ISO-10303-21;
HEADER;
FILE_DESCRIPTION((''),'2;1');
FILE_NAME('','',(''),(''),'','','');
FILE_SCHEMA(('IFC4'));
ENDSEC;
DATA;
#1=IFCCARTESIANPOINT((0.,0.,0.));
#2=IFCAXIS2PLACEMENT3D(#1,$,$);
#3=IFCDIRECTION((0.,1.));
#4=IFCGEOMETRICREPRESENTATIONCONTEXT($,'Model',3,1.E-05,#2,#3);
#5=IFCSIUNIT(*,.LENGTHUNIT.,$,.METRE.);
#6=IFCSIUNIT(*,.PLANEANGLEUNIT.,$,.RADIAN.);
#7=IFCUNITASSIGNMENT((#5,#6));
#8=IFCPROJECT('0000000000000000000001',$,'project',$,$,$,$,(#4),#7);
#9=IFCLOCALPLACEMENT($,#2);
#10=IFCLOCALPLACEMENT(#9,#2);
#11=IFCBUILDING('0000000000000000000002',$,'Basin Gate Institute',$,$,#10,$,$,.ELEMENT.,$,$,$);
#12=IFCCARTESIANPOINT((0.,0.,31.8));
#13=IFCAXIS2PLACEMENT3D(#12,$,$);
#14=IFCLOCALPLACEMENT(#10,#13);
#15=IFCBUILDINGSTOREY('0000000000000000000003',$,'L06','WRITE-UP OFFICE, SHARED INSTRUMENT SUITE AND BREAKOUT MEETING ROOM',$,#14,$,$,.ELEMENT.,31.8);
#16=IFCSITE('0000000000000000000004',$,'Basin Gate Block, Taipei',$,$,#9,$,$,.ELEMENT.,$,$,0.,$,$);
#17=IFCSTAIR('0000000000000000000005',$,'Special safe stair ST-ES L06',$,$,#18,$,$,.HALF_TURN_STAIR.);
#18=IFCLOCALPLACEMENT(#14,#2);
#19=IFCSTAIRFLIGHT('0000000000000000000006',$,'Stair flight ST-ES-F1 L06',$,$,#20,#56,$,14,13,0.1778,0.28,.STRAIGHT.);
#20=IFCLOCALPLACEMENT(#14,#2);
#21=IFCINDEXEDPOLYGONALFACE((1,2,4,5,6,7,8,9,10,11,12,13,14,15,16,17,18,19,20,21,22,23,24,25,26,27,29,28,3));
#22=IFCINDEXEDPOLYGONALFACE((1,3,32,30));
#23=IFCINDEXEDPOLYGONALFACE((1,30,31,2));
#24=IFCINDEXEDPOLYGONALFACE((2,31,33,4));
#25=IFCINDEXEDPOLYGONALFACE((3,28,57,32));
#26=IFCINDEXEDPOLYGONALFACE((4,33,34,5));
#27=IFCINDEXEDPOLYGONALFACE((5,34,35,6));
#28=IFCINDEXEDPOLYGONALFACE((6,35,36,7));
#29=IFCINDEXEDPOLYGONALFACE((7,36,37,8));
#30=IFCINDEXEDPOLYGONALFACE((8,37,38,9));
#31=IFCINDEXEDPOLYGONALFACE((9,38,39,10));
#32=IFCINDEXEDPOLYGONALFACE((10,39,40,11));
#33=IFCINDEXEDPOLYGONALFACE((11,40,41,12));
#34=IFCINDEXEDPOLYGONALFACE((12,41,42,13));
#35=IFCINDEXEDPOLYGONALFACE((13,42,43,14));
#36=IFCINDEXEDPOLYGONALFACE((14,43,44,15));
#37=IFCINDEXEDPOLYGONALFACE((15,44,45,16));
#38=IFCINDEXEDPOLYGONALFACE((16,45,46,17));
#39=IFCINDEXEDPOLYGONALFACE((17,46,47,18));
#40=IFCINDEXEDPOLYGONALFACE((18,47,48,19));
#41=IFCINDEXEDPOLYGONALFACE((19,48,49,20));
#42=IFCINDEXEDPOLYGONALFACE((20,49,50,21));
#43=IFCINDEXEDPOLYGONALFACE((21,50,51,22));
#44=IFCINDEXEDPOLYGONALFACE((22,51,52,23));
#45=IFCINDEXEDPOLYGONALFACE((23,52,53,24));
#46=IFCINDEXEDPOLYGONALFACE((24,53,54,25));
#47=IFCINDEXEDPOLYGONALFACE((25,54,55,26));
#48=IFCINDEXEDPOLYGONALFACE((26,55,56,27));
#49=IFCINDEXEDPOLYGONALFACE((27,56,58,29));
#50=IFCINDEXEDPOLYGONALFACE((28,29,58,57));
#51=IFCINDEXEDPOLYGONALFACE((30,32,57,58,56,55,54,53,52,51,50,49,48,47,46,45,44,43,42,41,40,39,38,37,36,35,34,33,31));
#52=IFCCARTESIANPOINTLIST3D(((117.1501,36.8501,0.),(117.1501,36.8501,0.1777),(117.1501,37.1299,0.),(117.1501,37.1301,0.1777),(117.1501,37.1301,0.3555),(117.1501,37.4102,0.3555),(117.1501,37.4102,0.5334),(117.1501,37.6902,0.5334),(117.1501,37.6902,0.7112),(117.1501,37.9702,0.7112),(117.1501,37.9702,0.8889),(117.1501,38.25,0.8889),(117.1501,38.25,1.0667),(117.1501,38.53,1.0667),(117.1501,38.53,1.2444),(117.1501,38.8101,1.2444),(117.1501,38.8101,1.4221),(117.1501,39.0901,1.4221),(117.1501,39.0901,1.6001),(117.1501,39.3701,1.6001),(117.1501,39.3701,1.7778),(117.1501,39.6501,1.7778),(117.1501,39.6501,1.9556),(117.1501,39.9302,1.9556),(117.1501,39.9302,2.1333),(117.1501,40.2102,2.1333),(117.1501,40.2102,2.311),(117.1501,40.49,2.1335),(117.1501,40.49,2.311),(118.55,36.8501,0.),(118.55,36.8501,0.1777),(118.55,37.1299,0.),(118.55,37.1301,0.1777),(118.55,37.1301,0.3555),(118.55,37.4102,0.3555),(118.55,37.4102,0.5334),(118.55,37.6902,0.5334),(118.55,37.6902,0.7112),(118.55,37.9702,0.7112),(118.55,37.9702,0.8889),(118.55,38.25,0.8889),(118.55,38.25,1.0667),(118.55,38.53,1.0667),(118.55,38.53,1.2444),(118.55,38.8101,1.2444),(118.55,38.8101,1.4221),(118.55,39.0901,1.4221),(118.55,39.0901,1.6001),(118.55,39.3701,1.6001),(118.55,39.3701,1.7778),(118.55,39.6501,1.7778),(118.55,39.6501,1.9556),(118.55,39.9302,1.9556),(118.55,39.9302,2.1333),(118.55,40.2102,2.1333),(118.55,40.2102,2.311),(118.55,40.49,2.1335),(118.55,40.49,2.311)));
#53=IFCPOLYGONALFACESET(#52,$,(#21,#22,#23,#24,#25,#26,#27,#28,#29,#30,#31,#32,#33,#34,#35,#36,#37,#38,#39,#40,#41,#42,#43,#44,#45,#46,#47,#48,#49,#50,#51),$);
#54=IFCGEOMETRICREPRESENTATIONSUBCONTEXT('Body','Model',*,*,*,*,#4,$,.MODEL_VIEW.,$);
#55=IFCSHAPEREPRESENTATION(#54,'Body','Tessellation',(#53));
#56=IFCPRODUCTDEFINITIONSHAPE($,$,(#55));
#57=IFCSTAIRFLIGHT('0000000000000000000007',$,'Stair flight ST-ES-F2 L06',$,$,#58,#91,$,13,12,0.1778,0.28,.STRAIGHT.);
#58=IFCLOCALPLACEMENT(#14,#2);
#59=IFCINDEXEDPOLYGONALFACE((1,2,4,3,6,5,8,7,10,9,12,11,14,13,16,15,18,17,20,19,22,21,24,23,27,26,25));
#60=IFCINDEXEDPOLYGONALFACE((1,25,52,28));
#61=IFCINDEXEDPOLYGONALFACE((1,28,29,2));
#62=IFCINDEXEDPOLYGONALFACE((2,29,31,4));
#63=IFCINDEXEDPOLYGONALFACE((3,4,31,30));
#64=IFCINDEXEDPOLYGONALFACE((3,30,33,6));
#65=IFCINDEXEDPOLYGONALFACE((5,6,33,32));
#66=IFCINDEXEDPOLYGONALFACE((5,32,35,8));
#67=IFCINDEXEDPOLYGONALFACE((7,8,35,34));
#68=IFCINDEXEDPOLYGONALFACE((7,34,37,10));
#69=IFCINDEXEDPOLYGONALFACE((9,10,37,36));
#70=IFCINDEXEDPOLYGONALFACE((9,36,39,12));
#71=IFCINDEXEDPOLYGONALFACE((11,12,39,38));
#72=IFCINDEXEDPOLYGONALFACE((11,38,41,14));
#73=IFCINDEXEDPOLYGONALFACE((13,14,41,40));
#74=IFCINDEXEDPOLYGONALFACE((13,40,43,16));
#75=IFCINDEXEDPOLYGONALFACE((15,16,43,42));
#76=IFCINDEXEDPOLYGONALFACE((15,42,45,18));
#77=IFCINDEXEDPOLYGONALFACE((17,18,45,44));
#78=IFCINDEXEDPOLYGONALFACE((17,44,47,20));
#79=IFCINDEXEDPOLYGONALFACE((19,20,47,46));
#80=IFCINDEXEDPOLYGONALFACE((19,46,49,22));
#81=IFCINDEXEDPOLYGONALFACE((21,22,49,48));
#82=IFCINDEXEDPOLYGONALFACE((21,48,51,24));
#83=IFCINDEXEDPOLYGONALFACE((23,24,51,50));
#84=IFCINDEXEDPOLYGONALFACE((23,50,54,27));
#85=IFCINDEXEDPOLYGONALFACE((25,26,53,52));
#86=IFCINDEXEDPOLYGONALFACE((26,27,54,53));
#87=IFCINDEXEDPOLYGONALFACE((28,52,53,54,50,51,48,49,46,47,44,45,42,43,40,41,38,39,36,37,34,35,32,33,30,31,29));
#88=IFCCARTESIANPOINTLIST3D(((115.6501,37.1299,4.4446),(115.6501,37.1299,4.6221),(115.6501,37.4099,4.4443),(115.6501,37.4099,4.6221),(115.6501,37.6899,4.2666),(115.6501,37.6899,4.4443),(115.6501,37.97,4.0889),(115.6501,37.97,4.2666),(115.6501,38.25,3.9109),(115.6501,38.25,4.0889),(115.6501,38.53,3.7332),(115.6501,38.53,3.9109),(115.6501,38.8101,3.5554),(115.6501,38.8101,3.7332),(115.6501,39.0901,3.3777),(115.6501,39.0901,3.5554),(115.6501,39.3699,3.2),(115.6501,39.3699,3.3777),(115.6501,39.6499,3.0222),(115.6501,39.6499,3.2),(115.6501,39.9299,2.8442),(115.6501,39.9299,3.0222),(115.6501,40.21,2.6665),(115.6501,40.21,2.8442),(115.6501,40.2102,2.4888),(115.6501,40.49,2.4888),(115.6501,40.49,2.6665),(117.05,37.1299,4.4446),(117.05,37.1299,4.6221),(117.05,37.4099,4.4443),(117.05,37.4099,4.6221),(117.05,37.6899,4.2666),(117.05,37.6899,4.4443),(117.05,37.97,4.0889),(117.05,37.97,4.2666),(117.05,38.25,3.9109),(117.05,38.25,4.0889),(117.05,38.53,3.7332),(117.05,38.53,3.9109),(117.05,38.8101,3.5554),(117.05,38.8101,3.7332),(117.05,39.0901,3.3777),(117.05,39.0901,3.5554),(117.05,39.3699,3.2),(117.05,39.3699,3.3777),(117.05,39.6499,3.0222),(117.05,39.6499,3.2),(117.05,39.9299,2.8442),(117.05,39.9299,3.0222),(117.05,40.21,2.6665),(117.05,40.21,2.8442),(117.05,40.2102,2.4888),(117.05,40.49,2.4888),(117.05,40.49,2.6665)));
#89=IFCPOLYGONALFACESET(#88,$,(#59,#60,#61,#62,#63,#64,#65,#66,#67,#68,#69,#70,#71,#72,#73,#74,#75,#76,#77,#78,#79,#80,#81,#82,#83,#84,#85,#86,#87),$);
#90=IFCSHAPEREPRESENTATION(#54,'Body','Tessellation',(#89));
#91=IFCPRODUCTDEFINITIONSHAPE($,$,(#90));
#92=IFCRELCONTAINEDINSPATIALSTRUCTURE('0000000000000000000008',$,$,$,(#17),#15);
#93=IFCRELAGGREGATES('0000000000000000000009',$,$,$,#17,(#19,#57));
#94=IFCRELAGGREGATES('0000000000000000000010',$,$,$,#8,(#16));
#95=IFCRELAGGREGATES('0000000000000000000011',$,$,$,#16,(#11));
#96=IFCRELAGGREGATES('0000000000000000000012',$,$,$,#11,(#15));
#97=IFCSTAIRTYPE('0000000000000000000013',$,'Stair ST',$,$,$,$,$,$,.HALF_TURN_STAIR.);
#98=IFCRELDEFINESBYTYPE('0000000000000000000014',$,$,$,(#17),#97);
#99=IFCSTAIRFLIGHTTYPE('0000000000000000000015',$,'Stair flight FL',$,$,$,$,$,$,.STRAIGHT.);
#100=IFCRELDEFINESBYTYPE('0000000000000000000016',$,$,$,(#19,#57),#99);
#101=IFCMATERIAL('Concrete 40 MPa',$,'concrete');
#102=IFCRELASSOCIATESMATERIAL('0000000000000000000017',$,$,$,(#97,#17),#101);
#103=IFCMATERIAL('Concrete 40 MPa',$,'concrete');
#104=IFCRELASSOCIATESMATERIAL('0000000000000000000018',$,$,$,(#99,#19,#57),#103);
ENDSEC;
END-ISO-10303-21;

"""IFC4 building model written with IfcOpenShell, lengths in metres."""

from ifc_helpers import new_model, si_unit, direction, frame, origin, place, context, subcontext, project, spatial, polyline, outline, extrude, material, type_object, element, aggregate, save


model = new_model("IFC4")

# Units and contexts
model_context = context("Model", 3, precision=1e-05, world=origin(), true_north=direction((0.0, 1.0)))
body_context = subcontext(model_context, "Body", "Model", "MODEL_VIEW")
ifc_project = project(units=[si_unit("LENGTHUNIT", "METRE"), si_unit("PLANEANGLEUNIT", "RADIAN")], contexts=[model_context])

# Site, building, storey
site_placement = place(None, origin())
site = spatial("IfcSite", under=ifc_project, at=site_placement, Name="Basin Gate Block, Taipei", CompositionType="ELEMENT", RefElevation=0.0)
building_placement = place(site_placement, origin())
building = spatial("IfcBuilding", under=site, at=building_placement, Name="Basin Gate Institute", CompositionType="ELEMENT")
storey_placement = place(building_placement, frame((0.0, 0.0, 31.8)))
storey = spatial("IfcBuildingStorey", under=building, at=storey_placement, Name="L06", Description="WRITE-UP OFFICE, SHARED INSTRUMENT SUITE AND BREAKOUT MEETING ROOM", CompositionType="ELEMENT", Elevation=31.8)

# Stair, stair flights
ifc_material_1 = material(Name="Concrete 40 MPa", Category="concrete")
stair_type = type_object("IfcStairType", Name="Stair ST", PredefinedType="HALF_TURN_STAIR", material=ifc_material_1)
stair_placement = place(storey_placement, origin())
stair = element("IfcStair", 1, at=stair_placement, inside=storey, type_object=stair_type, material=ifc_material_1, Name="Special safe stair ST-ES L06", PredefinedType="HALF_TURN_STAIR")
ifc_material_2 = material(Name="Concrete 40 MPa", Category="concrete")
stair_flight_type = type_object("IfcStairFlightType", Name="Stair flight FL", PredefinedType="STRAIGHT", material=ifc_material_2)
stair_flight_1_placement = place(storey_placement, frame((117.8501, 36.8501, 0.0), z_axis=(0.0, 0.0, 1.0), x_axis=(0.0, 1.0, 0.0)))
stair_flight_1 = element("IfcStairFlight", 2, at=stair_flight_1_placement, type_object=stair_flight_type, material=ifc_material_2, Name="Stair flight ST-ES-F1 L06", NumberOfRisers=14, NumberOfTreads=13, PredefinedType="STRAIGHT", RiserHeight=0.1778, TreadLength=0.28, context=body_context, shape_type="SweptSolid", body=[
    extrude(outline(polyline([(0.0, 0.0), (0.0, 0.1777), (0.28, 0.1777), (0.28, 0.3555), (0.5601, 0.3555), (0.5601, 0.5334), (0.8401, 0.5334), (0.8401, 0.7112), (1.1201, 0.7112), (1.1201, 0.8889), (1.3999, 0.8889), (1.3999, 1.0667), (1.6799, 1.0667), (1.6799, 1.2444), (1.96, 1.2444), (1.96, 1.4221), (2.24, 1.4221), (2.24, 1.6001), (2.52, 1.6001), (2.52, 1.7778), (2.8, 1.7778), (2.8, 1.9556), (3.0801, 1.9556), (3.0801, 2.1333), (3.3601, 2.1333), (3.3601, 2.311), (3.6399, 2.311), (3.6399, 2.4888), (3.6399, 2.1335), (0.2798, 0.0), (0.0, 0.0)])), frame((0.0, 0.7, 0.0), z_axis=(0.0, -1.0, 0.0), x_axis=(1.0, 0.0, 0.0)), (0.0, 0.0, 1.0), 1.3999),
])
stair_flight_2_placement = place(storey_placement, frame((116.3501, 40.49, 2.4888), z_axis=(0.0, 0.0, 1.0), x_axis=(0.0, -1.0, 0.0)))
stair_flight_2 = element("IfcStairFlight", 3, at=stair_flight_2_placement, type_object=stair_flight_type, material=ifc_material_2, Name="Stair flight ST-ES-F2 L06", NumberOfRisers=13, NumberOfTreads=12, PredefinedType="STRAIGHT", RiserHeight=0.1778, TreadLength=0.28, context=body_context, shape_type="SweptSolid", body=[
    extrude(outline(polyline([(0.0, 0.0), (0.0, 0.1777), (0.28, 0.1777), (0.28, 0.3555), (0.5601, 0.3555), (0.5601, 0.5334), (0.8401, 0.5334), (0.8401, 0.7112), (1.1201, 0.7112), (1.1201, 0.8889), (1.3999, 0.8889), (1.3999, 1.0667), (1.6799, 1.0667), (1.6799, 1.2444), (1.96, 1.2444), (1.96, 1.4221), (2.24, 1.4221), (2.24, 1.6001), (2.52, 1.6001), (2.52, 1.7778), (2.8, 1.7778), (2.8, 1.9556), (3.0801, 1.9556), (3.0801, 2.1333), (3.3601, 2.1333), (3.3601, 2.311), (3.3601, 1.9558), (0.2798, 0.0), (0.0, 0.0)])), frame((0.0, 0.7, 0.0), z_axis=(0.0, -1.0, 0.0), x_axis=(1.0, 0.0, 0.0)), (0.0, 0.0, 1.0), 1.3999),
])
aggregate(stair, [stair_flight_1, stair_flight_2])

save(model, "model.ifc")
